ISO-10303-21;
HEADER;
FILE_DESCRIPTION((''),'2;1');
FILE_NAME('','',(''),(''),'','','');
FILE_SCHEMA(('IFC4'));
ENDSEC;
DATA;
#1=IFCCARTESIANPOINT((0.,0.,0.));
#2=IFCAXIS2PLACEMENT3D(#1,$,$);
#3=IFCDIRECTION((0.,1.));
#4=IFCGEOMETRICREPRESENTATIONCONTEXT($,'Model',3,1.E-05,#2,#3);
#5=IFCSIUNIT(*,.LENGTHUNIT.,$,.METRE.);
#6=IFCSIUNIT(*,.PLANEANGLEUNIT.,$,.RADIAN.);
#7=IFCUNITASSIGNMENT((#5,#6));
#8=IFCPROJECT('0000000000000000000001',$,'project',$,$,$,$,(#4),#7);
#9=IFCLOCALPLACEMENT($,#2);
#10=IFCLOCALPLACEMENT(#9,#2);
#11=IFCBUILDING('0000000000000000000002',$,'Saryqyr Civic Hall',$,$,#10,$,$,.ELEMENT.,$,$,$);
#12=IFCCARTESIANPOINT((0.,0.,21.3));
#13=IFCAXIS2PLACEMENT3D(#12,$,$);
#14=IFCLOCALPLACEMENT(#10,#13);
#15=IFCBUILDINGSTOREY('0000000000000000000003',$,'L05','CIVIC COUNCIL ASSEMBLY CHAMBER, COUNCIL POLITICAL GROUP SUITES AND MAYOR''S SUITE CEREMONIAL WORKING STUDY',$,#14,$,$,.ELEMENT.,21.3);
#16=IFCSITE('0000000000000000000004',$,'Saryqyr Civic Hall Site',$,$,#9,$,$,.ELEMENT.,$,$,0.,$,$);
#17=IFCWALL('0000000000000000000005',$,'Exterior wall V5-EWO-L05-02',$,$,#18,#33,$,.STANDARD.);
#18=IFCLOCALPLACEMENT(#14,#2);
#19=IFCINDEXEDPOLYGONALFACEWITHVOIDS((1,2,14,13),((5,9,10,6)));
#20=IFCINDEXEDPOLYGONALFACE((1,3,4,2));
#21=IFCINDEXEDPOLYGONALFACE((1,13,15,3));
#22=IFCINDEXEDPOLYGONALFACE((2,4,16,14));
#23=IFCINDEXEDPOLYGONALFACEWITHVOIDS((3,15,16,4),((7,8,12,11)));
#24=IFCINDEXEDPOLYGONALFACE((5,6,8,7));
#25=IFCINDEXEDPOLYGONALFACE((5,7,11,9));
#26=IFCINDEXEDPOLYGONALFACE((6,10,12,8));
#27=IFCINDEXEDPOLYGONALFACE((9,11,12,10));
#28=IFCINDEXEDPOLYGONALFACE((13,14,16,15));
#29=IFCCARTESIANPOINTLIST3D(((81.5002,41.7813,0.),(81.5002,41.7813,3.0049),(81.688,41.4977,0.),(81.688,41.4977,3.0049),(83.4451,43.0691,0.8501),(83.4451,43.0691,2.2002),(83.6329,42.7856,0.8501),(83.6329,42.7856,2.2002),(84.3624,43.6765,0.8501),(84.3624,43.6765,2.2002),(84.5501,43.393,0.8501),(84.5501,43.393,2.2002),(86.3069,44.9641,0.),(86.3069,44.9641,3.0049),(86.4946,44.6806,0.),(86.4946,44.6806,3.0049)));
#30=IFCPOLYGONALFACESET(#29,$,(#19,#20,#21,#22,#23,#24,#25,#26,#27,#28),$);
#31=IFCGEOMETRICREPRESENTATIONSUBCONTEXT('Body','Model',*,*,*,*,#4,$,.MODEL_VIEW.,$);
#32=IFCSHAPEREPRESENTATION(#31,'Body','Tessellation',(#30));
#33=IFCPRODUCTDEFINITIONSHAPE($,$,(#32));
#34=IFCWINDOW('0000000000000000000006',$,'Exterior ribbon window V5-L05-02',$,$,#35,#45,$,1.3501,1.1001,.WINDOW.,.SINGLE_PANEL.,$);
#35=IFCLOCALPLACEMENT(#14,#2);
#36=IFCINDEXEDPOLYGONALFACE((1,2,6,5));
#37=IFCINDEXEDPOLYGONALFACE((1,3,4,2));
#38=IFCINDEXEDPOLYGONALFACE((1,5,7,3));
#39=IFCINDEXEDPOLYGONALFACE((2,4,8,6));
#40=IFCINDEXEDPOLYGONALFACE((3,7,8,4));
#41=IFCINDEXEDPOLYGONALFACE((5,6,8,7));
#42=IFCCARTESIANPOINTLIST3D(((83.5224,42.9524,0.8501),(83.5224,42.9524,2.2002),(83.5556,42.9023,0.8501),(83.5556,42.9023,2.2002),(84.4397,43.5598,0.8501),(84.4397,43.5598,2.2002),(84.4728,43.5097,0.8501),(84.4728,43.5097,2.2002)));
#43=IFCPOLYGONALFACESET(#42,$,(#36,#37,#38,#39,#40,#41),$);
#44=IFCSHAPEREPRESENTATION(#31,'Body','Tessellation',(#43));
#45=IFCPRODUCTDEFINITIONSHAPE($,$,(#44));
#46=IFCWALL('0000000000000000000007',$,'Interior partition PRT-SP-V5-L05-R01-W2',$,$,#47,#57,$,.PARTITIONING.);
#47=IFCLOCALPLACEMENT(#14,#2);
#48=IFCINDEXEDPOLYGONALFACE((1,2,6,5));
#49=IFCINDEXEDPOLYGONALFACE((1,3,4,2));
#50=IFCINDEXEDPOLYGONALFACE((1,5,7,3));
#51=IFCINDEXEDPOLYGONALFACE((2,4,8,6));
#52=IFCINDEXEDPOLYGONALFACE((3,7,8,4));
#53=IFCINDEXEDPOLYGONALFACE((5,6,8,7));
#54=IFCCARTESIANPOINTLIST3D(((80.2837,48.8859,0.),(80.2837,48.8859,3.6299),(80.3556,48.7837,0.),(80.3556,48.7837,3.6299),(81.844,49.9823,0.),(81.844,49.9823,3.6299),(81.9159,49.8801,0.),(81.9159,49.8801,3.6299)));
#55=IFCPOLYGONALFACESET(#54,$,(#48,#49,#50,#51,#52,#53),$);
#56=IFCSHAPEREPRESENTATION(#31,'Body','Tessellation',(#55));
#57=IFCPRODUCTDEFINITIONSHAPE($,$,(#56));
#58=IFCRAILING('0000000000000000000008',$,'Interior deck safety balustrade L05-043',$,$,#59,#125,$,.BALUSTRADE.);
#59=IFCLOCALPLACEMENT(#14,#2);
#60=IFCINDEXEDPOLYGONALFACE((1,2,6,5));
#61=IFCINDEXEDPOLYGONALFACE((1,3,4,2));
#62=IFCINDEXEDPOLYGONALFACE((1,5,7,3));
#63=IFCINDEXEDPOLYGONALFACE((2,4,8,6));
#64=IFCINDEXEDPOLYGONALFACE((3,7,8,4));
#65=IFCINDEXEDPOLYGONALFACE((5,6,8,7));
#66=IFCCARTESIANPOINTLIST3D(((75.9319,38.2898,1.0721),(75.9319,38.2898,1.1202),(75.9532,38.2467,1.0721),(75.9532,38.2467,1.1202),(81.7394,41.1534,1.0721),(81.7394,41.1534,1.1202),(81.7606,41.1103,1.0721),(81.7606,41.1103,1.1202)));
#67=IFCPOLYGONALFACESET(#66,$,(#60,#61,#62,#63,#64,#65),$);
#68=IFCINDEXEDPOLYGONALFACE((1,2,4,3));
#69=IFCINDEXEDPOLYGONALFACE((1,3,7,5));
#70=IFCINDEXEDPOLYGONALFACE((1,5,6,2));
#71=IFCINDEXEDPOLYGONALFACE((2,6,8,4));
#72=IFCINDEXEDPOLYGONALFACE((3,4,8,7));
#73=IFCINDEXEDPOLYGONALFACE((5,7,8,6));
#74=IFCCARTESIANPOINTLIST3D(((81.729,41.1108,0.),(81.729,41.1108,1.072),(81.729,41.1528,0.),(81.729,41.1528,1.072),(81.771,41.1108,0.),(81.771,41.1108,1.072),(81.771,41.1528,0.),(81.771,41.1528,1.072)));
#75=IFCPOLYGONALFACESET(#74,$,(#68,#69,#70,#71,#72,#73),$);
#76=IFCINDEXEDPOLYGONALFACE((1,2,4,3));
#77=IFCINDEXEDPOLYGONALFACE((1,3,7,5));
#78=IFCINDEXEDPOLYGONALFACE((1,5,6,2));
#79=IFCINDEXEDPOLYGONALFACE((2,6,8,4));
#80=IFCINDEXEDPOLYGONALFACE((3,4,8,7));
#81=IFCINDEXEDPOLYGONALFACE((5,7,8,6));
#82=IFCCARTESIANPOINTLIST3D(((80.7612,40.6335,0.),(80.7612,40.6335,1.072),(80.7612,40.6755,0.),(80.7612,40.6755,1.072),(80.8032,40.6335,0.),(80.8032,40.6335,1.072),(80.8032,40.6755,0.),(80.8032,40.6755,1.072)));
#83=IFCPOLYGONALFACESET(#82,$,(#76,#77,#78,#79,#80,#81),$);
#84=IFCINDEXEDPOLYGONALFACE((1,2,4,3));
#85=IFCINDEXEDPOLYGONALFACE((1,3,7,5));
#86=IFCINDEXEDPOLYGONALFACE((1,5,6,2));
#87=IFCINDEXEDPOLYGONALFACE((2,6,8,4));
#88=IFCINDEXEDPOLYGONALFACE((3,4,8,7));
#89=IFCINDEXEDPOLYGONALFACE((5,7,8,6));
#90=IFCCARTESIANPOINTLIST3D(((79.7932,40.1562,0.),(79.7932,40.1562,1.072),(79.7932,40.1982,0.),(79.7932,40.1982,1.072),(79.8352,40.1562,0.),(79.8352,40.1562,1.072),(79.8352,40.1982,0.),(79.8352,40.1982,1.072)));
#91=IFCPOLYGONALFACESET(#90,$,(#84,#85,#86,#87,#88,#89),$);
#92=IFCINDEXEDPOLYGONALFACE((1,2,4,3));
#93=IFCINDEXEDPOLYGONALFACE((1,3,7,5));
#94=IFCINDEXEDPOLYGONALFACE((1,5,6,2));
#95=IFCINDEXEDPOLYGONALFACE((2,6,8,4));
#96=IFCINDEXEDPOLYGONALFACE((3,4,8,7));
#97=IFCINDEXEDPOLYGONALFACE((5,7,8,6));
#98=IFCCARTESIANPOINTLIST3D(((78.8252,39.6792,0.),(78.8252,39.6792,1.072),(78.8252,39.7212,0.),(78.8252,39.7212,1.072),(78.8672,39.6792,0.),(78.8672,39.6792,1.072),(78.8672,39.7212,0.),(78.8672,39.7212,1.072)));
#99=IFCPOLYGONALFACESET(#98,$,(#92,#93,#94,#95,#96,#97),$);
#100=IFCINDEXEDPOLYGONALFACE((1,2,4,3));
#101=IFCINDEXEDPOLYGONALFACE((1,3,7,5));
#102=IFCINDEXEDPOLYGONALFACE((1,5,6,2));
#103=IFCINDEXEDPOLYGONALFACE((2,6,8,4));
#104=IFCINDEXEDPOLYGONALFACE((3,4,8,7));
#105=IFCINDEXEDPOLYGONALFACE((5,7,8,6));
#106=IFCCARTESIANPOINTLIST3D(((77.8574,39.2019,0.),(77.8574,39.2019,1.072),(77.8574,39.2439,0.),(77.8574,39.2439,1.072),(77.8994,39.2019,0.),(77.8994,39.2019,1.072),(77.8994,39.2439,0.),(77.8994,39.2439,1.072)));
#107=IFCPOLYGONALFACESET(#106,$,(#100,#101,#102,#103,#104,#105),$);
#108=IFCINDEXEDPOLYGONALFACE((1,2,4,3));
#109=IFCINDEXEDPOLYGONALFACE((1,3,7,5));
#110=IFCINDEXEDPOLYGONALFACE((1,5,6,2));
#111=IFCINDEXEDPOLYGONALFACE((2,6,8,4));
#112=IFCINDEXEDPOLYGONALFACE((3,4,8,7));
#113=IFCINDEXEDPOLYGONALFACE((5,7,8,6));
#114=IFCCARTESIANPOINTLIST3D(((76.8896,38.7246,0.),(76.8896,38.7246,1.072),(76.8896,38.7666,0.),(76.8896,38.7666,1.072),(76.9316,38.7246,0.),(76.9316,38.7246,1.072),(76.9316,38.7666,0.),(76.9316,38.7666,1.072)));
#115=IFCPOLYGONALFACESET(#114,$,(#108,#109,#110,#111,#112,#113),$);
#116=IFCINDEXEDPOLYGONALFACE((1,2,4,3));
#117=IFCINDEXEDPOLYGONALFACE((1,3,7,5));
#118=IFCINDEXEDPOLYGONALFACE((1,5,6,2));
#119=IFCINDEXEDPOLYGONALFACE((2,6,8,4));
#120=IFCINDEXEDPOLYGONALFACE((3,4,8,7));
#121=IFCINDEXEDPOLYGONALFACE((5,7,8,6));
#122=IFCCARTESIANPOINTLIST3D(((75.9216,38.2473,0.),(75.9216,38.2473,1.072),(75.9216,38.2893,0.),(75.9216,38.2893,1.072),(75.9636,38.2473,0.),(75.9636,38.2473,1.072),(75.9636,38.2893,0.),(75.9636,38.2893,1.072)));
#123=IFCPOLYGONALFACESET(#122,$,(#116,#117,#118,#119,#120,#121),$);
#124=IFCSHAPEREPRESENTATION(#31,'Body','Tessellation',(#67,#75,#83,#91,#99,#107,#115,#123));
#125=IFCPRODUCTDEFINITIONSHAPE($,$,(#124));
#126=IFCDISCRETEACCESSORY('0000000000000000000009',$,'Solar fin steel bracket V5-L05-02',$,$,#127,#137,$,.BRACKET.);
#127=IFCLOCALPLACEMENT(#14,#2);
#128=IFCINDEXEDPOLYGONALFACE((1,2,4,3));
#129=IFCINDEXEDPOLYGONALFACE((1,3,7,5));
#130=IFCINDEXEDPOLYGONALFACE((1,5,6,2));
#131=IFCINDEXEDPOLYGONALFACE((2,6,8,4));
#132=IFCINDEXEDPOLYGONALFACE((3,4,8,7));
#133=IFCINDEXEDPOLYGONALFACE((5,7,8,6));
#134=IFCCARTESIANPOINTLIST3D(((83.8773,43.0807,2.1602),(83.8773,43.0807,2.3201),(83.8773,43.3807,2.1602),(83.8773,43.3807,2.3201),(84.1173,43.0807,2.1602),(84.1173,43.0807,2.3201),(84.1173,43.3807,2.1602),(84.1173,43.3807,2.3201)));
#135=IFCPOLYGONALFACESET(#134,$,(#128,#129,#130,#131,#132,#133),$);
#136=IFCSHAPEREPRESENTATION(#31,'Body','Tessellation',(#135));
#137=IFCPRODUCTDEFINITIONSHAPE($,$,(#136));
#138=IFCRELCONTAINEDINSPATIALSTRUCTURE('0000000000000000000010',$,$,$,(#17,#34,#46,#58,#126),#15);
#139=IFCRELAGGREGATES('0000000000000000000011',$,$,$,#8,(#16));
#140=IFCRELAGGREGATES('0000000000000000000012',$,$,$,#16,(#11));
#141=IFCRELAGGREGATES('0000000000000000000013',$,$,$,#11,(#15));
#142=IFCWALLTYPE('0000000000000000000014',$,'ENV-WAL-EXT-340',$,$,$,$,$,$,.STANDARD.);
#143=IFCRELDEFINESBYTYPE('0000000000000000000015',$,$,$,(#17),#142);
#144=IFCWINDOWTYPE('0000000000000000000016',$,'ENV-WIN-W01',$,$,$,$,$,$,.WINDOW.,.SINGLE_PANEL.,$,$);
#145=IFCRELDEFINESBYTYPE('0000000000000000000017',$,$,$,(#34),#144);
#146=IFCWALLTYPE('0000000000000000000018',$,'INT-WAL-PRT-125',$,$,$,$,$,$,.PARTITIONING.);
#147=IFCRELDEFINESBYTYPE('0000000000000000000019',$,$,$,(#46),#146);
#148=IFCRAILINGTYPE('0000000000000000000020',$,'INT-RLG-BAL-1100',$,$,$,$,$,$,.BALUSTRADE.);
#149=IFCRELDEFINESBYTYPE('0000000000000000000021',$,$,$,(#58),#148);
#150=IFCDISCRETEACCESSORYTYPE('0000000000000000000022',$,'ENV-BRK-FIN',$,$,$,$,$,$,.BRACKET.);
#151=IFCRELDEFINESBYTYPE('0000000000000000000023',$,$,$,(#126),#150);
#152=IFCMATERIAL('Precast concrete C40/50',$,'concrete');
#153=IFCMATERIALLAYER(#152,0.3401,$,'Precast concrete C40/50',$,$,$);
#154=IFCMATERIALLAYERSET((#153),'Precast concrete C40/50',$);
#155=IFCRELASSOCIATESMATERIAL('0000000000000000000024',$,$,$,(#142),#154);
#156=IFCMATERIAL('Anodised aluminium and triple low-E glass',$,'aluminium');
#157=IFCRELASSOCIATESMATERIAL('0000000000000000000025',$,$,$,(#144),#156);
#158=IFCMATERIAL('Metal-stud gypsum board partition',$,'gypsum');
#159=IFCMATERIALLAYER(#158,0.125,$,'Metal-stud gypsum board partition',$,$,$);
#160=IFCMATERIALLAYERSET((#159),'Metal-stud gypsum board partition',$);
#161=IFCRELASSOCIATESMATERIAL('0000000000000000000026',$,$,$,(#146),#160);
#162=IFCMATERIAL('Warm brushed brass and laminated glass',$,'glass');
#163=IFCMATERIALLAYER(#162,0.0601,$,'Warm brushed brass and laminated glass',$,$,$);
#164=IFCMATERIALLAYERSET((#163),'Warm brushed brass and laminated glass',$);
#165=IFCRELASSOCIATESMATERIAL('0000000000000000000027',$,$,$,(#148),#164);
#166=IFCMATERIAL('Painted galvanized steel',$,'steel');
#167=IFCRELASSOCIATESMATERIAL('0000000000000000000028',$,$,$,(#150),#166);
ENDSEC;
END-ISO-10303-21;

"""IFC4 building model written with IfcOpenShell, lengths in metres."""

from ifc_helpers import new_model, si_unit, direction, frame, frame_2d, origin, origin_2d, place, context, subcontext, project, spatial, rectangle, extrude, material, layer, layer_set, type_object, element, fill, save


model = new_model("IFC4")

# Units and contexts
model_context = context("Model", 3, precision=1e-05, world=origin(), true_north=direction((0.0, 1.0)))
body_context = subcontext(model_context, "Body", "Model", "MODEL_VIEW")
ifc_project = project(units=[si_unit("LENGTHUNIT", "METRE"), si_unit("PLANEANGLEUNIT", "RADIAN")], contexts=[model_context])

# Site, building, storey
site_placement = place(None, origin())
site = spatial("IfcSite", under=ifc_project, at=site_placement, Name="Saryqyr Civic Hall Site", CompositionType="ELEMENT", RefElevation=0.0)
building_placement = place(site_placement, origin())
building = spatial("IfcBuilding", under=site, at=building_placement, Name="Saryqyr Civic Hall", CompositionType="ELEMENT")
storey_placement = place(building_placement, frame((0.0, 0.0, 21.3)))
storey = spatial("IfcBuildingStorey", under=building, at=storey_placement, Name="L05", Description="CIVIC COUNCIL ASSEMBLY CHAMBER, COUNCIL POLITICAL GROUP SUITES AND MAYOR'S SUITE CEREMONIAL WORKING STUDY", CompositionType="ELEMENT", Elevation=21.3)

# Shared definitions
ifc_material_1 = material(Name="Anodised aluminium and triple low-E glass", Category="aluminium")

# Shared definitions
ifc_material_2 = material(Name="Precast concrete C40/50", Category="concrete")

# Wall, opening, window
ifc_layer_1 = layer(ifc_material_2, 0.3401, Name="Precast concrete C40/50")
ifc_layer_set_1 = layer_set([ifc_layer_1], Name="Precast concrete C40/50")
wall_type_1 = type_object("IfcWallType", Name="ENV-WAL-EXT-340", PredefinedType="STANDARD", material=ifc_layer_set_1)
wall_1_placement = place(storey_placement, frame((86.4006, 44.8223, 0.0), z_axis=(0.0, 0.0, 1.0), x_axis=(-0.833773, -0.552108, 0.0)))
wall_1 = element("IfcWall", 1, at=wall_1_placement, inside=storey, type_object=wall_type_1, Name="Exterior wall V5-EWO-L05-02", PredefinedType="STANDARD", context=body_context, shape_type="SweptSolid", body=[
    extrude(rectangle(XDim=5.7649, YDim=0.3401, at=frame_2d((2.8823, 0.0))), origin(), (0.0, 0.0, 1.0), 3.0049),
])
opening_placement = place(wall_1_placement, frame((2.332, 0.0, 0.8501)))
opening = element("IfcOpeningElement", 2, at=opening_placement, cuts=wall_1, PredefinedType="OPENING", context=body_context, shape_type="SweptSolid", body=[
    extrude(rectangle(XDim=1.1001, YDim=1.3501, at=frame_2d((0.55, 0.675))), frame((0.0, 0.1799, 0.0), z_axis=(0.0, -1.0, 0.0), x_axis=(1.0, 0.0, 0.0)), (0.0, 0.0, 1.0), 0.3601),
])
window_type = type_object("IfcWindowType", Name="ENV-WIN-W01", PartitioningType="SINGLE_PANEL", PredefinedType="WINDOW", material=ifc_material_1)
window_placement = place(opening_placement, origin())
window = element("IfcWindow", 3, at=window_placement, inside=storey, type_object=window_type, Name="Exterior ribbon window V5-L05-02", OverallHeight=1.3501, OverallWidth=1.1001, PartitioningType="SINGLE_PANEL", PredefinedType="WINDOW", context=body_context, shape_type="SweptSolid", body=[
    extrude(rectangle(XDim=1.1001, YDim=1.3501, at=frame_2d((0.55, 0.675))), frame((0.0, 0.03, 0.0), z_axis=(0.0, -1.0, 0.0), x_axis=(1.0, 0.0, 0.0)), (0.0, 0.0, 1.0), 0.0601),
])
fill(opening, window)

# Wall
ifc_material_3 = material(Name="Metal-stud gypsum board partition", Category="gypsum")
ifc_layer_2 = layer(ifc_material_3, 0.125, Name="Metal-stud gypsum board partition")
ifc_layer_set_2 = layer_set([ifc_layer_2], Name="Metal-stud gypsum board partition")
wall_type_2 = type_object("IfcWallType", Name="INT-WAL-PRT-125", PredefinedType="PARTITIONING", material=ifc_layer_set_2)
wall_2_placement = place(storey_placement, frame((80.3196, 48.8347, 0.0), z_axis=(0.0, 0.0, 1.0), x_axis=(0.81819, 0.574948, 0.0)))
element("IfcWall", 4, at=wall_2_placement, inside=storey, type_object=wall_type_2, Name="Interior partition PRT-SP-V5-L05-R01-W2", PredefinedType="PARTITIONING", context=body_context, shape_type="SweptSolid", body=[
    extrude(rectangle(XDim=1.907, YDim=0.125, at=frame_2d((0.9536, 0.0))), origin(), (0.0, 0.0, 1.0), 3.6299),
])

# Railing
ifc_material_4 = material(Name="Warm brushed brass and laminated glass", Category="glass")
ifc_layer_3 = layer(ifc_material_4, 0.0601, Name="Warm brushed brass and laminated glass")
ifc_layer_set_3 = layer_set([ifc_layer_3], Name="Warm brushed brass and laminated glass")
railing_type = type_object("IfcRailingType", Name="INT-RLG-BAL-1100", PredefinedType="BALUSTRADE", material=ifc_layer_set_3)
railing_placement = place(storey_placement, frame((81.75, 41.1318, 0.0)))
element("IfcRailing", 5, at=railing_placement, inside=storey, type_object=railing_type, Name="Interior deck safety balustrade L05-043", PredefinedType="BALUSTRADE", context=body_context, shape_type="SweptSolid", body=[
    extrude(rectangle(XDim=0.0481, YDim=0.0481, at=origin_2d()), frame((0.0, 0.0, 1.0962), z_axis=(-0.896894, -0.442245, 0.0), x_axis=(0.442245, -0.896894, 0.0)), (0.0, 0.0, 1.0), 6.4751),
    extrude(rectangle(XDim=0.042, YDim=0.042, at=origin_2d()), origin(), (0.0, 0.0, 1.0), 1.072),
    extrude(rectangle(XDim=0.042, YDim=0.042, at=origin_2d()), frame((-0.9678, -0.4773, 0.0)), (0.0, 0.0, 1.0), 1.072),
    extrude(rectangle(XDim=0.042, YDim=0.042, at=origin_2d()), frame((-1.9358, -0.9546, 0.0)), (0.0, 0.0, 1.0), 1.072),
    extrude(rectangle(XDim=0.042, YDim=0.042, at=origin_2d()), frame((-2.9038, -1.4316, 0.0)), (0.0, 0.0, 1.0), 1.072),
    extrude(rectangle(XDim=0.042, YDim=0.042, at=origin_2d()), frame((-3.8716, -1.9089, 0.0)), (0.0, 0.0, 1.0), 1.072),
    extrude(rectangle(XDim=0.042, YDim=0.042, at=origin_2d()), frame((-4.8394, -2.3862, 0.0)), (0.0, 0.0, 1.0), 1.072),
    extrude(rectangle(XDim=0.042, YDim=0.042, at=origin_2d()), frame((-5.8074, -2.8635, 0.0)), (0.0, 0.0, 1.0), 1.072),
])

# Discrete accessory
ifc_material_5 = material(Name="Painted galvanized steel", Category="steel")
discrete_accessory_type = type_object("IfcDiscreteAccessoryType", Name="ENV-BRK-FIN", PredefinedType="BRACKET", material=ifc_material_5)
discrete_accessory_placement = place(storey_placement, frame((83.9973, 43.2307, 2.1602), z_axis=(0.0, 0.0, 1.0), x_axis=(1.0, 0.0, 0.0)))
element("IfcDiscreteAccessory", 6, at=discrete_accessory_placement, inside=storey, type_object=discrete_accessory_type, Name="Solar fin steel bracket V5-L05-02", PredefinedType="BRACKET", context=body_context, shape_type="SweptSolid", body=[
    extrude(rectangle(XDim=0.24, YDim=0.3, at=origin_2d()), origin(), (0.0, 0.0, 1.0), 0.1599),
])

save(model, "model.ifc")
